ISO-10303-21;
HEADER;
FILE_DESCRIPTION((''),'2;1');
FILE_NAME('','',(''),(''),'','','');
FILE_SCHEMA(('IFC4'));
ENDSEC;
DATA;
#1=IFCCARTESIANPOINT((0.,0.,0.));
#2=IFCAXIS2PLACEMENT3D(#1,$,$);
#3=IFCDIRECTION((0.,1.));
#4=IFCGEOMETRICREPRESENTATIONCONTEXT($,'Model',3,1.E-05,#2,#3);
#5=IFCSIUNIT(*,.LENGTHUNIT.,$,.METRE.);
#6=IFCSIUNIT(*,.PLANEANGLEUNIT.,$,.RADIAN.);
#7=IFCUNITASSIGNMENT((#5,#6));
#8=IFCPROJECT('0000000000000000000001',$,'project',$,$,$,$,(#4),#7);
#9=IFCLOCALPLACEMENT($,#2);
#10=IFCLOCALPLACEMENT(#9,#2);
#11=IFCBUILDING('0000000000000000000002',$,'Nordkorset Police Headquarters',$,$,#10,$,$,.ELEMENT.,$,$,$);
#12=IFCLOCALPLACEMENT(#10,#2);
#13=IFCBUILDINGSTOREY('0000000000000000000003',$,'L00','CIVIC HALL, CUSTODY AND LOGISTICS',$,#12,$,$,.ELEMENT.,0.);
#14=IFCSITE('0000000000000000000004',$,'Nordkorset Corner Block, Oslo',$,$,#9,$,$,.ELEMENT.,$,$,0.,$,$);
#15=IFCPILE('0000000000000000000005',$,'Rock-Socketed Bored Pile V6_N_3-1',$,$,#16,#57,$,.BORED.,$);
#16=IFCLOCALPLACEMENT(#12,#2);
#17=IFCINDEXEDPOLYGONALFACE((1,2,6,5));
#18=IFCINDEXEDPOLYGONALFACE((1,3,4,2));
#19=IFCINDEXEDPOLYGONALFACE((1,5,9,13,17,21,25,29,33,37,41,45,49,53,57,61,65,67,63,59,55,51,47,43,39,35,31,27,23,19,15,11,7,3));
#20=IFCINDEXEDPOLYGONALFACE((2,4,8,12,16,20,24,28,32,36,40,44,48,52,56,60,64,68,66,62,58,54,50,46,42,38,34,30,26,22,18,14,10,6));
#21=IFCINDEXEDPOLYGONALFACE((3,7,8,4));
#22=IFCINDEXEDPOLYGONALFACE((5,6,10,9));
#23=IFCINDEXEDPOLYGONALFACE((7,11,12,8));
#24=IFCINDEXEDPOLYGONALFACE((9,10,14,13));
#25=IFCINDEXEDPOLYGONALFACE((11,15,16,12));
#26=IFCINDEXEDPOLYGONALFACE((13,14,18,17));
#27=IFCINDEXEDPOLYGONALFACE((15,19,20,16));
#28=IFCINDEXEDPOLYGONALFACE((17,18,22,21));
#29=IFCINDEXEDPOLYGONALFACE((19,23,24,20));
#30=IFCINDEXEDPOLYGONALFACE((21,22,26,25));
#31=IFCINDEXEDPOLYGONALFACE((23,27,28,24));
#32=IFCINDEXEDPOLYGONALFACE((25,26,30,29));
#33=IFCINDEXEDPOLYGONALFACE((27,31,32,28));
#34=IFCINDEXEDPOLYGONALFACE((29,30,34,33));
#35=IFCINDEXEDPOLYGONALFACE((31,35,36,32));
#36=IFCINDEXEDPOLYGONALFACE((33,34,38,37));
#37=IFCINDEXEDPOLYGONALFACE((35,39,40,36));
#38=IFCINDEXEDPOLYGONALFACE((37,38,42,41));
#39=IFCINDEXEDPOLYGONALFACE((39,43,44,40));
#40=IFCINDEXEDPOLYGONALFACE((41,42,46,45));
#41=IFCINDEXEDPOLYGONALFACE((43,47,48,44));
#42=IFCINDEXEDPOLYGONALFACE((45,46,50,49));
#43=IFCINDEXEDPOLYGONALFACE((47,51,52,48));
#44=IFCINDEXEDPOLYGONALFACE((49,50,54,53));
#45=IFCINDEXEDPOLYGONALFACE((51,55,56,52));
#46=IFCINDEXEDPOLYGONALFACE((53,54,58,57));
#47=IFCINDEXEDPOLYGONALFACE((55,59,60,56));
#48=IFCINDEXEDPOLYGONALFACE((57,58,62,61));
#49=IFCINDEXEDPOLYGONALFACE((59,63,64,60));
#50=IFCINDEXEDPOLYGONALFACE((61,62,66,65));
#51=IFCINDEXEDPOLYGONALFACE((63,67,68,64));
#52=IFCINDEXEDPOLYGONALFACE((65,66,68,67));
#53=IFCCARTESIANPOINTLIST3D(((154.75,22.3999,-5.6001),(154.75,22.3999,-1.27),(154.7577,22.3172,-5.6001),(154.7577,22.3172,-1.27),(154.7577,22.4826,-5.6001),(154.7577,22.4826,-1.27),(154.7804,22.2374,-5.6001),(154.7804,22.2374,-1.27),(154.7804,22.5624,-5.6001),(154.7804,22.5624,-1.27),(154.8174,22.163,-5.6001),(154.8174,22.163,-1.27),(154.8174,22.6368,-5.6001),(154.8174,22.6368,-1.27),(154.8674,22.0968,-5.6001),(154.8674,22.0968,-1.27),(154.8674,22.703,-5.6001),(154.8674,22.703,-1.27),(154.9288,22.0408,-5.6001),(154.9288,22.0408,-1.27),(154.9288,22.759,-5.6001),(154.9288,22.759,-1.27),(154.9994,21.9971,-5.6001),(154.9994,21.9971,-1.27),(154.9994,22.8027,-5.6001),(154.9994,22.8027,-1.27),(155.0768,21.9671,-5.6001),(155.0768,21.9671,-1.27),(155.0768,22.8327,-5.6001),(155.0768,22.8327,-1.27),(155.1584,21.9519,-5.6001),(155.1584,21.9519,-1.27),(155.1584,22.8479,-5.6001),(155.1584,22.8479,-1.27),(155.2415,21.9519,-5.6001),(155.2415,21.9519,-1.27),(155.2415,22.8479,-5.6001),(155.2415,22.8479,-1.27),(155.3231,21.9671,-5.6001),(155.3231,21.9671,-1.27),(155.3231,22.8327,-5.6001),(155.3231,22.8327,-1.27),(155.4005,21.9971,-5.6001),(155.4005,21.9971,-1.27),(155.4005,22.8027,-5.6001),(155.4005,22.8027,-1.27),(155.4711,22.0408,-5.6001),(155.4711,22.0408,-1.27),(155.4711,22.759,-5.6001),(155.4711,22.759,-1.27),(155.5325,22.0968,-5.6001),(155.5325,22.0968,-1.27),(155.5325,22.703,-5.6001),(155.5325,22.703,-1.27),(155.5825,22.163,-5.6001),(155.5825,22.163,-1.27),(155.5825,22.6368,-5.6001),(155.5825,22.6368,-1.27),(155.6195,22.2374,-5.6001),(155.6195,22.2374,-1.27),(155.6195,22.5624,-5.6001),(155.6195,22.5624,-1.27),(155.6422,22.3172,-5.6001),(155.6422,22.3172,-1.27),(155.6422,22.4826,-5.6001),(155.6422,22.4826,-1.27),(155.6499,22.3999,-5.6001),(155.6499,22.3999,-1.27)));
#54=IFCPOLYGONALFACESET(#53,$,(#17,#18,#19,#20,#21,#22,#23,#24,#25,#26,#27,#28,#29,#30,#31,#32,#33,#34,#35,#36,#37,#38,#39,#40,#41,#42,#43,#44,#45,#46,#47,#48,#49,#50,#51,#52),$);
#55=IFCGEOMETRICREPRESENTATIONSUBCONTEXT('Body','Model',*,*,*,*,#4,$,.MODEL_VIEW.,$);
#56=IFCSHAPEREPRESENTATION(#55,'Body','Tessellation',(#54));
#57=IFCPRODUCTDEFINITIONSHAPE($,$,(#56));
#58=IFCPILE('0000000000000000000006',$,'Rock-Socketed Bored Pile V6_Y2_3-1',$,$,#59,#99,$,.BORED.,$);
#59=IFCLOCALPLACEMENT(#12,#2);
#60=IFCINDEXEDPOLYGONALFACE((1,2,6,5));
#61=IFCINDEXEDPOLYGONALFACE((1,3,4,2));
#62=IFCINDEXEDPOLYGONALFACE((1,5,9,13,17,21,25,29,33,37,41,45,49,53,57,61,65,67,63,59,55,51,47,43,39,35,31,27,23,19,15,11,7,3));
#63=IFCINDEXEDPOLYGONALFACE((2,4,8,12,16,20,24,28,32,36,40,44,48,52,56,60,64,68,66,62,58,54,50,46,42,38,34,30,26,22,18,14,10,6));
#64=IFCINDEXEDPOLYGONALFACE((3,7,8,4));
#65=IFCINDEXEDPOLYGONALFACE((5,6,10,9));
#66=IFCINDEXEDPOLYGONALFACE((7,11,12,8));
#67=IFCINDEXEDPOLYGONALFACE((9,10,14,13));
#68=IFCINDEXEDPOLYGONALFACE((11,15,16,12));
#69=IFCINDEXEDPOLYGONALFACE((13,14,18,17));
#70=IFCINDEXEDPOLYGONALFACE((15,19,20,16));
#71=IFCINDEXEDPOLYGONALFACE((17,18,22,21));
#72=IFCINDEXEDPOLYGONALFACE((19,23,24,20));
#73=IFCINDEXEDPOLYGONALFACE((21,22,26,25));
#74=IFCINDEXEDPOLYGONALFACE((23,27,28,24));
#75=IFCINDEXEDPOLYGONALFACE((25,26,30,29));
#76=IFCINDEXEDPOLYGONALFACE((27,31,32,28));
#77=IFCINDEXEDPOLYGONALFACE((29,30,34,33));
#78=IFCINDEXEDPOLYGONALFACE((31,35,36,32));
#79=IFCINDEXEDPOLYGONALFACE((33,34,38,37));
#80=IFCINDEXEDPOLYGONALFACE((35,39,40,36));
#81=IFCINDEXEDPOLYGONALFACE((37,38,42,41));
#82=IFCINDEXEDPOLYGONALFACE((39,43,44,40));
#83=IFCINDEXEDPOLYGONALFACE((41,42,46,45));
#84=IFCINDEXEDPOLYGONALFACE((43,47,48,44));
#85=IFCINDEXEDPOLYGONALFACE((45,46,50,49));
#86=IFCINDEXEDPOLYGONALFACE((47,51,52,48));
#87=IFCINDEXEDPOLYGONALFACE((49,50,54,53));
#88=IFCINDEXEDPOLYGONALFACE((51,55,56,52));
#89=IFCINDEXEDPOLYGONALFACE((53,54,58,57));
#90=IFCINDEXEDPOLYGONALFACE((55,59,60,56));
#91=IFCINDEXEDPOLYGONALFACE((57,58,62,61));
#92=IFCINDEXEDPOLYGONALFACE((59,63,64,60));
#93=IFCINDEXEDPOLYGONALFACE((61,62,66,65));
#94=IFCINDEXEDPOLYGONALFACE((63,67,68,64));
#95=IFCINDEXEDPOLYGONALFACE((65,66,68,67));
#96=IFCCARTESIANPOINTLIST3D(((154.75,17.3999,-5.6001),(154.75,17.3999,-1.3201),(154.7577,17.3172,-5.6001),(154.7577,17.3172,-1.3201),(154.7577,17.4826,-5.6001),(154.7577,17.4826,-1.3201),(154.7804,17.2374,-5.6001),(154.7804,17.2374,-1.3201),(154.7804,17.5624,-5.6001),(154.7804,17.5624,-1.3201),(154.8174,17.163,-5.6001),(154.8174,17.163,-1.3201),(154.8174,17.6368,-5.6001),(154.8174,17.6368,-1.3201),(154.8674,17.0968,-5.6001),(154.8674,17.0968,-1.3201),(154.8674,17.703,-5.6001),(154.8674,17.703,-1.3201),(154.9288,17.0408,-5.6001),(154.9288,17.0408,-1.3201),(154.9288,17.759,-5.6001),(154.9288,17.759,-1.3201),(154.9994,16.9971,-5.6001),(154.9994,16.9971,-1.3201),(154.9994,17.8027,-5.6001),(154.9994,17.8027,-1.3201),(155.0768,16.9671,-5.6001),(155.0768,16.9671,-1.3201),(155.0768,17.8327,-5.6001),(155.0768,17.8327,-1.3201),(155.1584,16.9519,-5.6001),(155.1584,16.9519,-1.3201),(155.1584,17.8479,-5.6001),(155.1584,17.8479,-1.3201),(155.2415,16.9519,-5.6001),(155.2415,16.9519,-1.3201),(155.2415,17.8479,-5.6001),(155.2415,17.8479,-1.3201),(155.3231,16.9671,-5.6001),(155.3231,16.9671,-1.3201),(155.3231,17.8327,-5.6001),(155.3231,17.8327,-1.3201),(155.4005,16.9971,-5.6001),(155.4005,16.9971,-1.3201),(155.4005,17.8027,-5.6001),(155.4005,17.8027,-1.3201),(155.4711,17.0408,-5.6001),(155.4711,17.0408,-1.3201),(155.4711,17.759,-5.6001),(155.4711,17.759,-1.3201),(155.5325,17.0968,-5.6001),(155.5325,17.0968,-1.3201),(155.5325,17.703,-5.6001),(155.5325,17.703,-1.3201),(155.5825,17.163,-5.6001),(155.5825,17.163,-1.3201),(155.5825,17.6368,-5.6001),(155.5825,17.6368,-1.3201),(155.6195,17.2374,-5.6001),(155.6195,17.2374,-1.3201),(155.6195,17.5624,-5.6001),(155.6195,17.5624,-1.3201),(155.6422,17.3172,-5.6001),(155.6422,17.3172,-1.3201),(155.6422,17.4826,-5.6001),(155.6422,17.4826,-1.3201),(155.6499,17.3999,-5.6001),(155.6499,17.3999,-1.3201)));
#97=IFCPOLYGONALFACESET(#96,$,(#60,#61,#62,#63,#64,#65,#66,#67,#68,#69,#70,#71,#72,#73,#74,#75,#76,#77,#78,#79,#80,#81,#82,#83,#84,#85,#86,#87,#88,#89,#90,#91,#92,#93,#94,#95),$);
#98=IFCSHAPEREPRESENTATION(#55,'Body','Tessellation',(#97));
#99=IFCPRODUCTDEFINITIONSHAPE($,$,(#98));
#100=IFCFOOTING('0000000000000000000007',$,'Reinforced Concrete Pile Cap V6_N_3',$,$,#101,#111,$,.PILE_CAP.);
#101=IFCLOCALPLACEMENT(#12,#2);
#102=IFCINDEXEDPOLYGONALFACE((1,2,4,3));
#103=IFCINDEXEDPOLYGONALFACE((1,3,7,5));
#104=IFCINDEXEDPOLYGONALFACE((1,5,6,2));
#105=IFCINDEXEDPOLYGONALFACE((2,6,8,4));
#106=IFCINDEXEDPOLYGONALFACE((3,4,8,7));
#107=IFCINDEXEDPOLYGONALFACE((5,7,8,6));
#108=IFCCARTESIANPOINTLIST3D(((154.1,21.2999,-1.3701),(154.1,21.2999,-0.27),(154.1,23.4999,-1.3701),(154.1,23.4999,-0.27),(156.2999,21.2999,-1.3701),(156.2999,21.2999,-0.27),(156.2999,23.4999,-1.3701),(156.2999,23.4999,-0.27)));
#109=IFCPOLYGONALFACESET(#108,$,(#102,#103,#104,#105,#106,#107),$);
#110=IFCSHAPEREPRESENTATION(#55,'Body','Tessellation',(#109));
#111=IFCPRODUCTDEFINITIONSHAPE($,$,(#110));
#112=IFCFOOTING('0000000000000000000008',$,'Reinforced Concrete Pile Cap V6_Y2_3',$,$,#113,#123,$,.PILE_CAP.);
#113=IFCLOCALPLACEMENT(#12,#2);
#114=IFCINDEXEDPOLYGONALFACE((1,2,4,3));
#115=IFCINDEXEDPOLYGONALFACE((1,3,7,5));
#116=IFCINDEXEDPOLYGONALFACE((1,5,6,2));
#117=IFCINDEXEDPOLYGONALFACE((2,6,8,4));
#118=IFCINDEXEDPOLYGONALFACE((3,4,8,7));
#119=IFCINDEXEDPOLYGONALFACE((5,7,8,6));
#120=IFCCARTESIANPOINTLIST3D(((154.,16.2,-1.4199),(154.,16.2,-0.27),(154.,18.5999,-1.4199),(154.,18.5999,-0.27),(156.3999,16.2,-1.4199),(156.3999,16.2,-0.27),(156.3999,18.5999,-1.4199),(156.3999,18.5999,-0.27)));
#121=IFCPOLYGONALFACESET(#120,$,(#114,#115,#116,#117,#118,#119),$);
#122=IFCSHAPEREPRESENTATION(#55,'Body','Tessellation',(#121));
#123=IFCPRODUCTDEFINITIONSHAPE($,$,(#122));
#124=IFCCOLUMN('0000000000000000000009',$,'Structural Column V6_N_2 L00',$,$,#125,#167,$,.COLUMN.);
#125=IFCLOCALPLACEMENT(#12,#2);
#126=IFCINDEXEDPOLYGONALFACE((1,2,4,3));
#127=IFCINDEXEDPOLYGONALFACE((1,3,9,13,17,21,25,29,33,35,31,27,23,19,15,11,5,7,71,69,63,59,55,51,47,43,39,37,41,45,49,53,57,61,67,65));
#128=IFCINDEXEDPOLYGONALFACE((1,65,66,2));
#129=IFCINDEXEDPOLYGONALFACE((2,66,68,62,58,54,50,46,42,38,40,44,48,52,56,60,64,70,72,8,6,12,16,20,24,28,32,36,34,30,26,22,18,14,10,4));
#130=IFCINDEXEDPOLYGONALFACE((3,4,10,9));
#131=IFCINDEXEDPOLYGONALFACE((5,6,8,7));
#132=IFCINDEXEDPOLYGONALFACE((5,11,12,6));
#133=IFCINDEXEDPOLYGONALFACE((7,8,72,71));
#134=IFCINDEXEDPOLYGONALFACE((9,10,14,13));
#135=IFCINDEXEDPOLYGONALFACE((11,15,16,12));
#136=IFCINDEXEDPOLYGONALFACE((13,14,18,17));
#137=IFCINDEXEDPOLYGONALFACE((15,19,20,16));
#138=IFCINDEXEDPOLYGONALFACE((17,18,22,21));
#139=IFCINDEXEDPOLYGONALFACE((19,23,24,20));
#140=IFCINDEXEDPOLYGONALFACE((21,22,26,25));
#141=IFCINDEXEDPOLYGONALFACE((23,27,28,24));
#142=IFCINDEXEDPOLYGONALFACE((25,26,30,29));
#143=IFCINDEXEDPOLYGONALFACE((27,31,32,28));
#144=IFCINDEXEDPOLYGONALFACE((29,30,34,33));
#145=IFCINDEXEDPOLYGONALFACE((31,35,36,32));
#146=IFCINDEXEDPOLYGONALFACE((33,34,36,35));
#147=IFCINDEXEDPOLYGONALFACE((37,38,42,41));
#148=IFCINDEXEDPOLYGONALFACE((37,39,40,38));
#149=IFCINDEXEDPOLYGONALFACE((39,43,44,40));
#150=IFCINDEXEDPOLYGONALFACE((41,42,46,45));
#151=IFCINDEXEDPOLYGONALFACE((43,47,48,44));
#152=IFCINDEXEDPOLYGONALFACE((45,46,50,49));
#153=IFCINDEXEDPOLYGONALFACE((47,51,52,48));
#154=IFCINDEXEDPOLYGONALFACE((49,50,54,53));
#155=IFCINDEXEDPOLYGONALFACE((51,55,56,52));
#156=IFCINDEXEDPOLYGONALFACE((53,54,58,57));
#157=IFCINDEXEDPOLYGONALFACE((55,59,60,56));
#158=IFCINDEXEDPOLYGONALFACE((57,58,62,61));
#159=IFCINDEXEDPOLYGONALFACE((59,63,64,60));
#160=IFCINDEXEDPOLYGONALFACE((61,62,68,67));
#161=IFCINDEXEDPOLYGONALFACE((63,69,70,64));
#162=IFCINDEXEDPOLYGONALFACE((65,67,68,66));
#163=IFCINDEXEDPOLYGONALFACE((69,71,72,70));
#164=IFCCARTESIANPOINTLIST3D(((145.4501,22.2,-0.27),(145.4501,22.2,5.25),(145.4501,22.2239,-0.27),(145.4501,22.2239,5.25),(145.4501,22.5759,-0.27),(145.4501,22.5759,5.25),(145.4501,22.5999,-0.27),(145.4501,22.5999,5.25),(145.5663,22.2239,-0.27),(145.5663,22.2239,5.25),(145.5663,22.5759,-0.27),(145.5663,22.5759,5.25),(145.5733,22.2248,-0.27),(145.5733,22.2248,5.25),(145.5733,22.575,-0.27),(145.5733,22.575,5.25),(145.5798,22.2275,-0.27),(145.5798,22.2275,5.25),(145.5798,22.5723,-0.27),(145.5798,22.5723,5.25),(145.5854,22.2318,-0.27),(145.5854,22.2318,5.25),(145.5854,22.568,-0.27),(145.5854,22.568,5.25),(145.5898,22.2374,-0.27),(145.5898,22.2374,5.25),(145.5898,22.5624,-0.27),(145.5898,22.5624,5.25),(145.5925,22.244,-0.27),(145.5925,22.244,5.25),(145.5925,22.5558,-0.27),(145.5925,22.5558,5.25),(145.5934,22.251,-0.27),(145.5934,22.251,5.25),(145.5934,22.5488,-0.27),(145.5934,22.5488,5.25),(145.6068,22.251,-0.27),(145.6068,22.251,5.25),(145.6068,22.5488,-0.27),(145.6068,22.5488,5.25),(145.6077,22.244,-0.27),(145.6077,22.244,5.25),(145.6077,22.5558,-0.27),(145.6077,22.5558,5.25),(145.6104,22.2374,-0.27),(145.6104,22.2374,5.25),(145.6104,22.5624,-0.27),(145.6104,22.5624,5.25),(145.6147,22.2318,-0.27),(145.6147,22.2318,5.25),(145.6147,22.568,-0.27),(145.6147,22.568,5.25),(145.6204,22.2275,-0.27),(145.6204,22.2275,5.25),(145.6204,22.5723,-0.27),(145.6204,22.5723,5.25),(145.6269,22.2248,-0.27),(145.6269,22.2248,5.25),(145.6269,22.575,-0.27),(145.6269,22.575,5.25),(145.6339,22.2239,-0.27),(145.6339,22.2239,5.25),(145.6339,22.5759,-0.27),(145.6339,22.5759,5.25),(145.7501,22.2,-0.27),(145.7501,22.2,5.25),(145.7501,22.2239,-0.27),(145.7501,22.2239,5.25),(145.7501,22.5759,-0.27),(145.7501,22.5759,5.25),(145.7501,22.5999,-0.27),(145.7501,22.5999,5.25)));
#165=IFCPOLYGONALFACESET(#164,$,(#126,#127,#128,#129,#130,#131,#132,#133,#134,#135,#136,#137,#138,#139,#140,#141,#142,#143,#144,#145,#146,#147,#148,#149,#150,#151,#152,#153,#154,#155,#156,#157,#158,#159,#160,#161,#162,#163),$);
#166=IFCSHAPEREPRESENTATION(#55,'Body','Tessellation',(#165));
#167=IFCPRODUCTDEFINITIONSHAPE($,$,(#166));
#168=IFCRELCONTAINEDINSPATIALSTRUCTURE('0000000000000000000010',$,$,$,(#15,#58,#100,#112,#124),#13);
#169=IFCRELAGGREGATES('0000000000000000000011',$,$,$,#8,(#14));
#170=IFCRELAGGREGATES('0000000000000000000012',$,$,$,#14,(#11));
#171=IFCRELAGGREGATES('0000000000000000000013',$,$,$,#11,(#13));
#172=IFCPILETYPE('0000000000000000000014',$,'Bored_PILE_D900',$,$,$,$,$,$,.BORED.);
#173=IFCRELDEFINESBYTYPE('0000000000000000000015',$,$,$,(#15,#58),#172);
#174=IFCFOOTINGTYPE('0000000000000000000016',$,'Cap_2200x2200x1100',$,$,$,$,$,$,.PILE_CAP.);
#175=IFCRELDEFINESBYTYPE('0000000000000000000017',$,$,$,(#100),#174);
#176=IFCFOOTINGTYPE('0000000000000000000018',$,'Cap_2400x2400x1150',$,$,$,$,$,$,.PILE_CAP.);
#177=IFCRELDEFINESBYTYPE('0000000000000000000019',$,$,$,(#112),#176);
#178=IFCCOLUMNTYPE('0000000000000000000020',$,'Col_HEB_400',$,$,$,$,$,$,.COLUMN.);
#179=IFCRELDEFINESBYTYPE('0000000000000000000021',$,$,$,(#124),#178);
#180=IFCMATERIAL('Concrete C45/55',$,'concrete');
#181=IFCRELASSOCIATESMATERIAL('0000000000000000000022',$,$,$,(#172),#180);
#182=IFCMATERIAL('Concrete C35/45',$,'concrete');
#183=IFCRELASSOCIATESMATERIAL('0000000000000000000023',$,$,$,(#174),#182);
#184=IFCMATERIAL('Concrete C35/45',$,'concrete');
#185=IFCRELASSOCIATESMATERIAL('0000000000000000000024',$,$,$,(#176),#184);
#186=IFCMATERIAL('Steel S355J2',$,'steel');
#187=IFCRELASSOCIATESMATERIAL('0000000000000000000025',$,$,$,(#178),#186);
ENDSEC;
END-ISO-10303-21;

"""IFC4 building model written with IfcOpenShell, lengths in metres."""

from ifc_helpers import new_model, si_unit, direction, frame, origin, origin_2d, place, context, subcontext, project, spatial, rectangle, circle, i_section, extrude, material, material_profile, profile_set, type_object, element, save


model = new_model("IFC4")

# Units and contexts
model_context = context("Model", 3, precision=1e-05, world=origin(), true_north=direction((0.0, 1.0)))
body_context = subcontext(model_context, "Body", "Model", "MODEL_VIEW")
ifc_project = project(units=[si_unit("LENGTHUNIT", "METRE"), si_unit("PLANEANGLEUNIT", "RADIAN")], contexts=[model_context])

# Site, building, storey
site_placement = place(None, origin())
site = spatial("IfcSite", under=ifc_project, at=site_placement, Name="Nordkorset Corner Block, Oslo", CompositionType="ELEMENT", RefElevation=0.0)
building_placement = place(site_placement, origin())
building = spatial("IfcBuilding", under=site, at=building_placement, Name="Nordkorset Police Headquarters", CompositionType="ELEMENT")
storey_placement = place(building_placement, origin())
storey = spatial("IfcBuildingStorey", under=building, at=storey_placement, Name="L00", Description="CIVIC HALL, CUSTODY AND LOGISTICS", CompositionType="ELEMENT", Elevation=0.0)

# Piles
ifc_material_1 = material(Name="Concrete C45/55", Category="concrete")
ifc_material_profile_1 = material_profile(ifc_material_1, circle(Radius=0.45, at=origin_2d()), Name="PILE D900")
ifc_profile_set_1 = profile_set([ifc_material_profile_1], Name="Concrete C45/55")
pile_type = type_object("IfcPileType", Name="Bored_PILE_D900", PredefinedType="BORED", material=ifc_profile_set_1)
pile_1_placement = place(storey_placement, frame((155.2, 22.3999, -1.27), z_axis=(0.0, 0.0, -1.0), x_axis=(1.0, 0.0, 0.0)))
element("IfcPile", 1, at=pile_1_placement, inside=storey, type_object=pile_type, Name="Rock-Socketed Bored Pile V6_N_3-1", PredefinedType="BORED", context=body_context, shape_type="SweptSolid", body=[
    extrude(circle(Radius=0.45, at=origin_2d()), origin(), (0.0, 0.0, 1.0), 4.3301),
])
pile_2_placement = place(storey_placement, frame((155.2, 17.3999, -1.3201), z_axis=(0.0, 0.0, -1.0), x_axis=(1.0, 0.0, 0.0)))
element("IfcPile", 2, at=pile_2_placement, inside=storey, type_object=pile_type, Name="Rock-Socketed Bored Pile V6_Y2_3-1", PredefinedType="BORED", context=body_context, shape_type="SweptSolid", body=[
    extrude(circle(Radius=0.45, at=origin_2d()), origin(), (0.0, 0.0, 1.0), 4.28),
])

# Footings
ifc_material_2 = material(Name="Concrete C35/45", Category="concrete")
footing_type_1 = type_object("IfcFootingType", Name="Cap_2200x2200x1100", PredefinedType="PILE_CAP", material=ifc_material_2)
footing_1_placement = place(storey_placement, frame((155.2, 22.3999, -1.3701), z_axis=(0.0, 0.0, 1.0), x_axis=(1.0, 0.0, 0.0)))
element("IfcFooting", 3, at=footing_1_placement, inside=storey, type_object=footing_type_1, Name="Reinforced Concrete Pile Cap V6_N_3", PredefinedType="PILE_CAP", context=body_context, shape_type="SweptSolid", body=[
    extrude(rectangle(XDim=2.2, YDim=2.2, at=origin_2d()), origin(), (0.0, 0.0, 1.0), 1.1001),
])
ifc_material_3 = material(Name="Concrete C35/45", Category="concrete")
footing_type_2 = type_object("IfcFootingType", Name="Cap_2400x2400x1150", PredefinedType="PILE_CAP", material=ifc_material_3)
footing_2_placement = place(storey_placement, frame((155.2, 17.3999, -1.4199), z_axis=(0.0, 0.0, 1.0), x_axis=(1.0, 0.0, 0.0)))
element("IfcFooting", 4, at=footing_2_placement, inside=storey, type_object=footing_type_2, Name="Reinforced Concrete Pile Cap V6_Y2_3", PredefinedType="PILE_CAP", context=body_context, shape_type="SweptSolid", body=[
    extrude(rectangle(XDim=2.3999, YDim=2.3999, at=origin_2d()), origin(), (0.0, 0.0, 1.0), 1.1499),
])

# Column
ifc_material_4 = material(Name="Steel S355J2", Category="steel")
ifc_material_profile_2 = material_profile(ifc_material_4, i_section(OverallWidth=0.3, OverallDepth=0.3999, WebThickness=0.0134, FlangeThickness=0.0239, FilletRadius=0.0271, at=origin_2d()), Name="HEB 400")
ifc_profile_set_2 = profile_set([ifc_material_profile_2], Name="Steel S355J2")
column_type = type_object("IfcColumnType", Name="Col_HEB_400", PredefinedType="COLUMN", material=ifc_profile_set_2)
for number, where, z_axis, x_axis, name in (
    (5, (145.6001, 22.3999, -0.27), (0.0, 0.0, 1.0), (1.0, 0.0, 0.0), "Structural Column V6_N_2 L00"),
):
    element("IfcColumn", number, at=place(storey_placement, frame(where, z_axis=z_axis, x_axis=x_axis)), inside=storey, type_object=column_type, Name=name, PredefinedType="COLUMN", context=body_context, shape_type="SweptSolid", body=[
        extrude(i_section(OverallWidth=0.3, OverallDepth=0.3999, WebThickness=0.0134, FlangeThickness=0.0239, FilletRadius=0.0271, at=origin_2d()), origin(), (0.0, 0.0, 1.0), 5.52),
    ])

save(model, "model.ifc")
